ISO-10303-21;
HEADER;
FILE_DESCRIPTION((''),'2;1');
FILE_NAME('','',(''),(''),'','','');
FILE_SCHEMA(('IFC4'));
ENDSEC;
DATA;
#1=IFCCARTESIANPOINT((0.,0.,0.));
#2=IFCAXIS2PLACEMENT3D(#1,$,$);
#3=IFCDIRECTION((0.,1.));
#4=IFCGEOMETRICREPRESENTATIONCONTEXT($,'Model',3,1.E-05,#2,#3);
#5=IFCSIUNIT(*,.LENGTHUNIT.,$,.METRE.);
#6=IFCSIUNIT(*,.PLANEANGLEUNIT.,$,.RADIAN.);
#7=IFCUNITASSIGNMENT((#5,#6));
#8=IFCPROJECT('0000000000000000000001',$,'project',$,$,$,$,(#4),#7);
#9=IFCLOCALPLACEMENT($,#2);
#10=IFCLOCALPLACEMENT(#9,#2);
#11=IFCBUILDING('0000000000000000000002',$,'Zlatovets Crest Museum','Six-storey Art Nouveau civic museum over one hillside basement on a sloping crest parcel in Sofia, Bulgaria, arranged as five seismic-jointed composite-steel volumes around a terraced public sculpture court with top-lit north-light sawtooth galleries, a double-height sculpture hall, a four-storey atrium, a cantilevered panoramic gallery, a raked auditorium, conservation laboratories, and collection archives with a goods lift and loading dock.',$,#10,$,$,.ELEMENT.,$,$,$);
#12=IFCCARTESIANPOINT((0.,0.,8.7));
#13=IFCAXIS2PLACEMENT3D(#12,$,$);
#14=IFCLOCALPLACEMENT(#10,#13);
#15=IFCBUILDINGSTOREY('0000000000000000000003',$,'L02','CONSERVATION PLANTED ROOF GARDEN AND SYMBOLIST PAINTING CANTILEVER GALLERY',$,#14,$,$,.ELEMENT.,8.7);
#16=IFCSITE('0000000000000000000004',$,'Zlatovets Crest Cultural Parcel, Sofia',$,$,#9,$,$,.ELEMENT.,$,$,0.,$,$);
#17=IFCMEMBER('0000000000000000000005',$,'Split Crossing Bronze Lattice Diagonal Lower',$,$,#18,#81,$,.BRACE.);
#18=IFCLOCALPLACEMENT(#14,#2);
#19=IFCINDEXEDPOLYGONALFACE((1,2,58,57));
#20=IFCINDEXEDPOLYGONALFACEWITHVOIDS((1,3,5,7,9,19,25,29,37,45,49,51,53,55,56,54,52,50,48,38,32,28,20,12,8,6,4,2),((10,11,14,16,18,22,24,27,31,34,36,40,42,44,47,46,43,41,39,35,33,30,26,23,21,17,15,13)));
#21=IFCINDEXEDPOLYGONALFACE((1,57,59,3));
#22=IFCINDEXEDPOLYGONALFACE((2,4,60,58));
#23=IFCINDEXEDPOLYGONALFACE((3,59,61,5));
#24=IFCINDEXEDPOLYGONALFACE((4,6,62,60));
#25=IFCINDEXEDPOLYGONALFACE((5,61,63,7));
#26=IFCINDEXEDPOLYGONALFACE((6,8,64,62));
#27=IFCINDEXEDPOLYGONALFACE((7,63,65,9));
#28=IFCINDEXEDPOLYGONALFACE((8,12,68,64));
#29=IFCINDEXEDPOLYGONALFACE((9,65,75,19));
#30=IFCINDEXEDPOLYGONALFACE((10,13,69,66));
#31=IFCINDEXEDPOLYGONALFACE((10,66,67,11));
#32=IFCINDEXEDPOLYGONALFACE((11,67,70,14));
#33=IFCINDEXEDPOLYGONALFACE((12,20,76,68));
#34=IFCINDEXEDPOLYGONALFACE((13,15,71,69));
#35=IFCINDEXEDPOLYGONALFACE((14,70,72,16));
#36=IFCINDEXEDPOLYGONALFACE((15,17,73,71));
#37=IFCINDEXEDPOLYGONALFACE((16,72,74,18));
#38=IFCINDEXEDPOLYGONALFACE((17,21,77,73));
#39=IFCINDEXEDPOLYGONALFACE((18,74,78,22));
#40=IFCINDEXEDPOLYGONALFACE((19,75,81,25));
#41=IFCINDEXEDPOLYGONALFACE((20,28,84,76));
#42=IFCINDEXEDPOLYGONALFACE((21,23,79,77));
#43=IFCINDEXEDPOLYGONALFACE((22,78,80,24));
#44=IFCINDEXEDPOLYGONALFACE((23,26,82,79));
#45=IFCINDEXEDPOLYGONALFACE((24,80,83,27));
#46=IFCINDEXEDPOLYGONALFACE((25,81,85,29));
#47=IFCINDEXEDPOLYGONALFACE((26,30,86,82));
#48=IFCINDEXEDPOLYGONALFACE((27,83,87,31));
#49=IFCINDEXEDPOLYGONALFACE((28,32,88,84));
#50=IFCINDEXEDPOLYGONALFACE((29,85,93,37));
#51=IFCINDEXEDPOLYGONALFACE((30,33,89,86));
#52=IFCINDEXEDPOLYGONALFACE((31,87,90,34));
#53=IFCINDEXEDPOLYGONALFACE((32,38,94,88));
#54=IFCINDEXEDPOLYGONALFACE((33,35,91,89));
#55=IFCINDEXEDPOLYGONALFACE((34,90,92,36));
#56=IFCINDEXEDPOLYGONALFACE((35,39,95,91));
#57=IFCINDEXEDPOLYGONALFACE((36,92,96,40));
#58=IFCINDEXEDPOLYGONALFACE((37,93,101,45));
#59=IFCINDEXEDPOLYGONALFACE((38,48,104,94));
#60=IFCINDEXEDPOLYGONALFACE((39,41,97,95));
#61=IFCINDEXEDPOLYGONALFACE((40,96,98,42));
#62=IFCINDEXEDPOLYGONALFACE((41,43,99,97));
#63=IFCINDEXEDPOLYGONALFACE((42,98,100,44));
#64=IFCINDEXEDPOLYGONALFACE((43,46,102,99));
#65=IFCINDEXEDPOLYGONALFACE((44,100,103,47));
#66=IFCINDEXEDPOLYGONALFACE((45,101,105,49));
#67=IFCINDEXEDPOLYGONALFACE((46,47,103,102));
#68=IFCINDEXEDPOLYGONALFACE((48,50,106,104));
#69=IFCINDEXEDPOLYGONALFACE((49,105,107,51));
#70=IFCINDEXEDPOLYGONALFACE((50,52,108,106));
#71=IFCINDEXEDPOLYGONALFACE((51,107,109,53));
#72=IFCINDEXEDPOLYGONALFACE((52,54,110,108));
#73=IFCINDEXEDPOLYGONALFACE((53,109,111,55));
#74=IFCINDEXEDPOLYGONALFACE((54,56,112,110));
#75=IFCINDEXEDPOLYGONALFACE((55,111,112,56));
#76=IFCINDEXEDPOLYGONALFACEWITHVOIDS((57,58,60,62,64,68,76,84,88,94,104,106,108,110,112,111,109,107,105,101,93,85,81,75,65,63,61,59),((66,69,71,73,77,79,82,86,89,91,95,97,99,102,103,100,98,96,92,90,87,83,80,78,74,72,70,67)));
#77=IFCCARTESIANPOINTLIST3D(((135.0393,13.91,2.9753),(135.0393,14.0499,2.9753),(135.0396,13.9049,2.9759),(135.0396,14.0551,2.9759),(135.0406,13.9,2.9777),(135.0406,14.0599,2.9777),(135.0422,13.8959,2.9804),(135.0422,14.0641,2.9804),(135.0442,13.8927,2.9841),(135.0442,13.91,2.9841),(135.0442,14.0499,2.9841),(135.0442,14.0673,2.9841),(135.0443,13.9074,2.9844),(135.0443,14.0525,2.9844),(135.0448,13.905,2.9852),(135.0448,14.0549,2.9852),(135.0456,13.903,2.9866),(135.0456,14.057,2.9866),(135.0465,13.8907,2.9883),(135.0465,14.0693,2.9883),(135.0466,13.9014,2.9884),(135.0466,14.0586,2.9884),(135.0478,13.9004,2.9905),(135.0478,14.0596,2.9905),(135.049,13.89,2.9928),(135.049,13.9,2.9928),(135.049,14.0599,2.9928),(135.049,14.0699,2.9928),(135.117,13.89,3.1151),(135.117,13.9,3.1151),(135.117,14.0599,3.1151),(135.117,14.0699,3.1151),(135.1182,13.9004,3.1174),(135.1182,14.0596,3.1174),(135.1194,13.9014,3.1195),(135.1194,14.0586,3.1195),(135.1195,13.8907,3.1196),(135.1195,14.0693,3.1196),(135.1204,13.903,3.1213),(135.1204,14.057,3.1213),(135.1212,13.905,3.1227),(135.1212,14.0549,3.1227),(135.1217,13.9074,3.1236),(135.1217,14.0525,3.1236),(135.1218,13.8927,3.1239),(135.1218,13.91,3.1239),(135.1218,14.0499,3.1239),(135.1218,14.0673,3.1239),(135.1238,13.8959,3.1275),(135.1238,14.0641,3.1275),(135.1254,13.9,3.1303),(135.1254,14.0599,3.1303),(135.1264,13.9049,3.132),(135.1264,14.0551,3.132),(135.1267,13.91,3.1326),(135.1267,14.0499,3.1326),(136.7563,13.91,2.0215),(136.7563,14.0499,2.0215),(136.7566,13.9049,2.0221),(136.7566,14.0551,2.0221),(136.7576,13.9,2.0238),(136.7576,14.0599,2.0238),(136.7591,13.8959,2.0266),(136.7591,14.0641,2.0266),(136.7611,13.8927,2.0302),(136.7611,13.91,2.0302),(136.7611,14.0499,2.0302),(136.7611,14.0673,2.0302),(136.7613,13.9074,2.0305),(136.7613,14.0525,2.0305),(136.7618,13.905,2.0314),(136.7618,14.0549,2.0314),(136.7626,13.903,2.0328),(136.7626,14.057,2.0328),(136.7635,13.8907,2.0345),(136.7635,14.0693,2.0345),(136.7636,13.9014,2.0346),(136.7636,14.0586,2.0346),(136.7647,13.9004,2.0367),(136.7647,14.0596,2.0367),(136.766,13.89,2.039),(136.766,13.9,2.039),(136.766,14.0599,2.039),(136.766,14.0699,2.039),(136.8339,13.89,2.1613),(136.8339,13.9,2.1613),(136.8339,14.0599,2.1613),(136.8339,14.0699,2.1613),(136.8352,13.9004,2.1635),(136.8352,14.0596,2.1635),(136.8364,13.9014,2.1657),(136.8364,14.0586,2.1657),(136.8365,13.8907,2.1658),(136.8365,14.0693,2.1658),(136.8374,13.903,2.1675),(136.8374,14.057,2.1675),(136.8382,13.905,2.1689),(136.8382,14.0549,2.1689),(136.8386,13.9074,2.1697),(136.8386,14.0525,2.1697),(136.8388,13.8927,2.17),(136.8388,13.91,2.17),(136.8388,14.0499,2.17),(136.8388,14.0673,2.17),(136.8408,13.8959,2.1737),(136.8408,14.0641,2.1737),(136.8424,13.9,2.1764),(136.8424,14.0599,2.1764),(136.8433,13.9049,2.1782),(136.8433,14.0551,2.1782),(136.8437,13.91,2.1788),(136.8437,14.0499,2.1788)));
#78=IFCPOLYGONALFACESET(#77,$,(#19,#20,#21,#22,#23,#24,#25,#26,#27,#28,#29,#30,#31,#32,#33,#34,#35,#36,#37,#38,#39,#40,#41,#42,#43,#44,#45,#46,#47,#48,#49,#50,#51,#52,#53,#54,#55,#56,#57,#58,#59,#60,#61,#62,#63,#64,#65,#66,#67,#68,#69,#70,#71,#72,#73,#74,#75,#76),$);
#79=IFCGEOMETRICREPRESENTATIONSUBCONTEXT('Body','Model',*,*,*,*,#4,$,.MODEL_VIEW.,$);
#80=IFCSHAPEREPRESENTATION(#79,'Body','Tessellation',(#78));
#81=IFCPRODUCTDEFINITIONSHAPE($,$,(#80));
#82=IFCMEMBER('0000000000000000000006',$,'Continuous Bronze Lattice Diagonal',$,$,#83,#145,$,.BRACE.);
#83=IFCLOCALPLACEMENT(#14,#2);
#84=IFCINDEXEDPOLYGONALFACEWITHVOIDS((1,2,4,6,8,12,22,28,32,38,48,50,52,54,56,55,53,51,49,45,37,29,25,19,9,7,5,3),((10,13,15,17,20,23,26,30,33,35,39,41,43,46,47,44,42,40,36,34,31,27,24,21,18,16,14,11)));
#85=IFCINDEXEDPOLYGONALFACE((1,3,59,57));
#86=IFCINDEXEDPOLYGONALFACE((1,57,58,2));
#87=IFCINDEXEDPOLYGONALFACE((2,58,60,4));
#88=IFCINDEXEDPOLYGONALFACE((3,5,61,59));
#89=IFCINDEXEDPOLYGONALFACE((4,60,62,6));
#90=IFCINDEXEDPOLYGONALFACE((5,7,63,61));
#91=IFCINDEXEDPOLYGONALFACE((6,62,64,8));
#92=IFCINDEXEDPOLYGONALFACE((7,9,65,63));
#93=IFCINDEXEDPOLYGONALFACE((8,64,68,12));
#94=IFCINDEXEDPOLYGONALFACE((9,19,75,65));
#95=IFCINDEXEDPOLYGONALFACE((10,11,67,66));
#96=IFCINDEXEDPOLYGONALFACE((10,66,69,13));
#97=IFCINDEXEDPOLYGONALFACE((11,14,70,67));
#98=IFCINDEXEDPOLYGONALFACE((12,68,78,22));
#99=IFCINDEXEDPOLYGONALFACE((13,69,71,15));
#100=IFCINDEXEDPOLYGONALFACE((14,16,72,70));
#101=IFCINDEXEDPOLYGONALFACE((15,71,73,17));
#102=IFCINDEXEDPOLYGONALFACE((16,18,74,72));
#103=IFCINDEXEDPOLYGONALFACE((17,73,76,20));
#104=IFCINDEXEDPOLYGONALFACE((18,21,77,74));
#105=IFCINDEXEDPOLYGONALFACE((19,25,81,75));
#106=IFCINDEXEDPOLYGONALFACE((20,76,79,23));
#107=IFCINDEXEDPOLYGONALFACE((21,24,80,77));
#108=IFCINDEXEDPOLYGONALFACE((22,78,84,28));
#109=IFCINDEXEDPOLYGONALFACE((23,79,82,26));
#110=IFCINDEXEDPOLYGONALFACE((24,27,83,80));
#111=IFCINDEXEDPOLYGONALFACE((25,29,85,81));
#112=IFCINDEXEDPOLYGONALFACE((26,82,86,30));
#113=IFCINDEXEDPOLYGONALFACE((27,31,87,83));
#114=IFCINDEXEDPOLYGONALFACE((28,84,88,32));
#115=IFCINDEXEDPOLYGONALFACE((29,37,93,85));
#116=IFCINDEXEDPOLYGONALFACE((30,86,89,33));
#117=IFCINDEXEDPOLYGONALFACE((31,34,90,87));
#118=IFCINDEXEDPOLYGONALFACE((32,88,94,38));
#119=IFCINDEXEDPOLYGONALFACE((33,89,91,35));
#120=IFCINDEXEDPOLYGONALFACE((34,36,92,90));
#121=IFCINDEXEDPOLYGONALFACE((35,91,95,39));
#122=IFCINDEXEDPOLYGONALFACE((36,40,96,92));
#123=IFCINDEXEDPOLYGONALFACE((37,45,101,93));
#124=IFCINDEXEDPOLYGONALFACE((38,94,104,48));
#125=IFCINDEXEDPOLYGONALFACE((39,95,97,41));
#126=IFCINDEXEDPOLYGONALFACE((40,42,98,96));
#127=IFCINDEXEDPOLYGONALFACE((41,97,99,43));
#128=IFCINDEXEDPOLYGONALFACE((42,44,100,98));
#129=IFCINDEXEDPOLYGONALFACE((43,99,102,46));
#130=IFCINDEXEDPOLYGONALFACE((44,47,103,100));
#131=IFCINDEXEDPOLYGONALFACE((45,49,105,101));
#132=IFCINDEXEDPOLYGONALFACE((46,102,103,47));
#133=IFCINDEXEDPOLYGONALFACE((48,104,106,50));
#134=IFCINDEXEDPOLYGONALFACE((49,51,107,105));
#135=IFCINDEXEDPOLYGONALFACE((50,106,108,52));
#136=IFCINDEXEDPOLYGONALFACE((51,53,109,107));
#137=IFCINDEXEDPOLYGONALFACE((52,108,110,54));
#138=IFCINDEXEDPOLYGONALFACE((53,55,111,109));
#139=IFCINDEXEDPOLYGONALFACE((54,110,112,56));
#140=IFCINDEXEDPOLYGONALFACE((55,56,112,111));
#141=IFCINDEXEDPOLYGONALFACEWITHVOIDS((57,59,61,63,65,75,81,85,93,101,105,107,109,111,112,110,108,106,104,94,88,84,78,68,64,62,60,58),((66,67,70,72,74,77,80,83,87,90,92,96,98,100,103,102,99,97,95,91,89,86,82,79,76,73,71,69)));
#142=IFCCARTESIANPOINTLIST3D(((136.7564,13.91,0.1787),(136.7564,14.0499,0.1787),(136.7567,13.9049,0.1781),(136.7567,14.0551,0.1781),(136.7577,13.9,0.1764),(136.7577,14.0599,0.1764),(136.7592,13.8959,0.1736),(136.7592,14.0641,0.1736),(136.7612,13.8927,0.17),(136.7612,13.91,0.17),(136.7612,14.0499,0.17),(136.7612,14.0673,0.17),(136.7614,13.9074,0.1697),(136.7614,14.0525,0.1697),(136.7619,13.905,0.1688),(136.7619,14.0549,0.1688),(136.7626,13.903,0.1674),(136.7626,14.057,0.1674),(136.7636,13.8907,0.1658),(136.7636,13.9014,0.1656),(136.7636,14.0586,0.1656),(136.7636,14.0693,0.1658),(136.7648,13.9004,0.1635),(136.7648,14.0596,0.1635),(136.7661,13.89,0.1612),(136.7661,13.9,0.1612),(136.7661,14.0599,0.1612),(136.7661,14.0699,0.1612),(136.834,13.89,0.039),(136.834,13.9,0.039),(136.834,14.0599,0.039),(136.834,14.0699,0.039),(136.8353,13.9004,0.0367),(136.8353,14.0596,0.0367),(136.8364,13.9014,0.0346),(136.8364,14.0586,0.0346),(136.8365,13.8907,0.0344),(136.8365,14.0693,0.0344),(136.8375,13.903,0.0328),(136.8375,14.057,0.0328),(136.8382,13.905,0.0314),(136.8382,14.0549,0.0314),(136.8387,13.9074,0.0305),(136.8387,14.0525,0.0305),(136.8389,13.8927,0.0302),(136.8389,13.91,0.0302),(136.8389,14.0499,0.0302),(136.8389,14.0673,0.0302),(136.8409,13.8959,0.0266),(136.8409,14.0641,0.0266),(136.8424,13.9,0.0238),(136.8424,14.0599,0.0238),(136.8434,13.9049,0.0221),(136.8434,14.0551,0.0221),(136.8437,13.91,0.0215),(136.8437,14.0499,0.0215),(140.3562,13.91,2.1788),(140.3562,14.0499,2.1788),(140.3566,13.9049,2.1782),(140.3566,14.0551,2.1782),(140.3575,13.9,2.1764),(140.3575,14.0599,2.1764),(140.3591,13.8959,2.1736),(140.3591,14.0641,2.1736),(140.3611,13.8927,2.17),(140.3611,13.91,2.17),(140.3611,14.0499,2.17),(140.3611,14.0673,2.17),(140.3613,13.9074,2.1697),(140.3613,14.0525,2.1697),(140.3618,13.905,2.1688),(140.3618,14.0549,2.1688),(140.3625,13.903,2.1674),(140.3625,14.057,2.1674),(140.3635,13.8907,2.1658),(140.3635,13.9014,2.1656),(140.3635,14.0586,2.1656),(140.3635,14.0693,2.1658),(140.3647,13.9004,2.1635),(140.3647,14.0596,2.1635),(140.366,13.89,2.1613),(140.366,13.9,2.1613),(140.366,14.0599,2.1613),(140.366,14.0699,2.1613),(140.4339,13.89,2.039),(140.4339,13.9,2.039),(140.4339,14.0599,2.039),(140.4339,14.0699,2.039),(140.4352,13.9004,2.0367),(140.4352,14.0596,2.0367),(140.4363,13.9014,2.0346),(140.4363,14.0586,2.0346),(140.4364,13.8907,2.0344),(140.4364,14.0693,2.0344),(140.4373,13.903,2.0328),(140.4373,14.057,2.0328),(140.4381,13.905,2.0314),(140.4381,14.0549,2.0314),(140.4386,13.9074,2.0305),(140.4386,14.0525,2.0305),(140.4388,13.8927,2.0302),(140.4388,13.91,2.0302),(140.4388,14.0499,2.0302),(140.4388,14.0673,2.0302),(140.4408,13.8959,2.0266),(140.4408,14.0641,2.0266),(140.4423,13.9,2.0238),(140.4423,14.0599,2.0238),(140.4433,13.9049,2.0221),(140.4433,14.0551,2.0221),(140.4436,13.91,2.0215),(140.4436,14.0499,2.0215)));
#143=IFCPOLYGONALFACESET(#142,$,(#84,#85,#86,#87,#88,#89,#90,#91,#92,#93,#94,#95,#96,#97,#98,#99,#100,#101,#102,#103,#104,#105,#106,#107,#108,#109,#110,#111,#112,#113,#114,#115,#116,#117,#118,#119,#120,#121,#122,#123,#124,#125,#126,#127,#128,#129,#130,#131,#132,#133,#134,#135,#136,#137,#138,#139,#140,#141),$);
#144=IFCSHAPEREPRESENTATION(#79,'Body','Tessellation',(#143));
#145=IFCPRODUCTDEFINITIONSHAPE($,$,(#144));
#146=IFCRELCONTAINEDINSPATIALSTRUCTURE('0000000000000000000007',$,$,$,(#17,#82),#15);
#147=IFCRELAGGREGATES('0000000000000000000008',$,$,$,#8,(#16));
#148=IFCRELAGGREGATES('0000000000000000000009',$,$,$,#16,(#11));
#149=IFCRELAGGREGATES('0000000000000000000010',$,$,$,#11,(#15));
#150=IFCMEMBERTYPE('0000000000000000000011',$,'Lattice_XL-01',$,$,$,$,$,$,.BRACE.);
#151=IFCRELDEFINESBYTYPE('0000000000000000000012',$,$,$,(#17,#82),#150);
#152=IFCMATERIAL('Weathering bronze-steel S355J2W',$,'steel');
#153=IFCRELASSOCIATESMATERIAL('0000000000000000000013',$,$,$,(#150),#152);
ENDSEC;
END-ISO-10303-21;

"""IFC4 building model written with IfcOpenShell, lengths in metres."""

from ifc_helpers import new_model, si_unit, direction, frame, origin, origin_2d, place, context, subcontext, project, spatial, hollow_rectangle, extrude, material, material_profile, profile_set, type_object, element, save


model = new_model("IFC4")

# Units and contexts
model_context = context("Model", 3, precision=1e-05, world=origin(), true_north=direction((0.0, 1.0)))
body_context = subcontext(model_context, "Body", "Model", "MODEL_VIEW")
ifc_project = project(units=[si_unit("LENGTHUNIT", "METRE"), si_unit("PLANEANGLEUNIT", "RADIAN")], contexts=[model_context])

# Site, building, storey
site_placement = place(None, origin())
site = spatial("IfcSite", under=ifc_project, at=site_placement, Name="Zlatovets Crest Cultural Parcel, Sofia", CompositionType="ELEMENT", RefElevation=0.0)
building_placement = place(site_placement, origin())
building = spatial("IfcBuilding", under=site, at=building_placement, Name="Zlatovets Crest Museum", Description="Six-storey Art Nouveau civic museum over one hillside basement on a sloping crest parcel in Sofia, Bulgaria, arranged as five seismic-jointed composite-steel volumes around a terraced public sculpture court with top-lit north-light sawtooth galleries, a double-height sculpture hall, a four-storey atrium, a cantilevered panoramic gallery, a raked auditorium, conservation laboratories, and collection archives with a goods lift and loading dock.", CompositionType="ELEMENT")
storey_placement = place(building_placement, frame((0.0, 0.0, 8.7)))
storey = spatial("IfcBuildingStorey", under=building, at=storey_placement, Name="L02", Description="CONSERVATION PLANTED ROOF GARDEN AND SYMBOLIST PAINTING CANTILEVER GALLERY", CompositionType="ELEMENT", Elevation=8.7)

# Members
ifc_material_1 = material(Name="Weathering bronze-steel S355J2W", Category="steel")
ifc_material_profile_1 = material_profile(ifc_material_1, hollow_rectangle(XDim=0.1799, YDim=0.1799, WallThickness=0.01, InnerFilletRadius=0.01, OuterFilletRadius=0.02, at=origin_2d()), Name="SHS 180x180x10.0")
ifc_profile_set_1 = profile_set([ifc_material_profile_1], Name="Weathering bronze-steel S355J2W")
member_type_1 = type_object("IfcMemberType", Name="Lattice_XL-01", PredefinedType="BRACE", material=ifc_profile_set_1)
for number, where, z_axis, x_axis, name in (
    (1, (135.083, 13.98, 3.054), (0.874169, 0.0, -0.485622), (0.0, 1.0, 0.0), "Split Crossing Bronze Lattice Diagonal Lower"),
):
    element("IfcMember", number, at=place(storey_placement, frame(where, z_axis=z_axis, x_axis=x_axis)), inside=storey, type_object=member_type_1, Name=name, PredefinedType="BRACE", context=body_context, shape_type="SweptSolid", body=[
        extrude(hollow_rectangle(XDim=0.1799, YDim=0.1799, WallThickness=0.01, InnerFilletRadius=0.01, OuterFilletRadius=0.02, at=origin_2d()), origin(), (0.0, 0.0, 1.0), 1.9641),
    ])
member_1_placement = place(storey_placement, frame((136.8, 13.98, 0.1001), z_axis=(0.874149, 0.0, 0.485658), x_axis=(0.0, 1.0, 0.0)))
element("IfcMember", 2, at=member_1_placement, inside=storey, type_object=member_type_1, Name="Continuous Bronze Lattice Diagonal", PredefinedType="BRACE", context=body_context, shape_type="SweptSolid", body=[
    extrude(hollow_rectangle(XDim=0.1799, YDim=0.1799, WallThickness=0.01, InnerFilletRadius=0.01, OuterFilletRadius=0.02, at=origin_2d()), origin(), (0.0, 0.0, 1.0), 4.1182),
])

save(model, "model.ifc")
